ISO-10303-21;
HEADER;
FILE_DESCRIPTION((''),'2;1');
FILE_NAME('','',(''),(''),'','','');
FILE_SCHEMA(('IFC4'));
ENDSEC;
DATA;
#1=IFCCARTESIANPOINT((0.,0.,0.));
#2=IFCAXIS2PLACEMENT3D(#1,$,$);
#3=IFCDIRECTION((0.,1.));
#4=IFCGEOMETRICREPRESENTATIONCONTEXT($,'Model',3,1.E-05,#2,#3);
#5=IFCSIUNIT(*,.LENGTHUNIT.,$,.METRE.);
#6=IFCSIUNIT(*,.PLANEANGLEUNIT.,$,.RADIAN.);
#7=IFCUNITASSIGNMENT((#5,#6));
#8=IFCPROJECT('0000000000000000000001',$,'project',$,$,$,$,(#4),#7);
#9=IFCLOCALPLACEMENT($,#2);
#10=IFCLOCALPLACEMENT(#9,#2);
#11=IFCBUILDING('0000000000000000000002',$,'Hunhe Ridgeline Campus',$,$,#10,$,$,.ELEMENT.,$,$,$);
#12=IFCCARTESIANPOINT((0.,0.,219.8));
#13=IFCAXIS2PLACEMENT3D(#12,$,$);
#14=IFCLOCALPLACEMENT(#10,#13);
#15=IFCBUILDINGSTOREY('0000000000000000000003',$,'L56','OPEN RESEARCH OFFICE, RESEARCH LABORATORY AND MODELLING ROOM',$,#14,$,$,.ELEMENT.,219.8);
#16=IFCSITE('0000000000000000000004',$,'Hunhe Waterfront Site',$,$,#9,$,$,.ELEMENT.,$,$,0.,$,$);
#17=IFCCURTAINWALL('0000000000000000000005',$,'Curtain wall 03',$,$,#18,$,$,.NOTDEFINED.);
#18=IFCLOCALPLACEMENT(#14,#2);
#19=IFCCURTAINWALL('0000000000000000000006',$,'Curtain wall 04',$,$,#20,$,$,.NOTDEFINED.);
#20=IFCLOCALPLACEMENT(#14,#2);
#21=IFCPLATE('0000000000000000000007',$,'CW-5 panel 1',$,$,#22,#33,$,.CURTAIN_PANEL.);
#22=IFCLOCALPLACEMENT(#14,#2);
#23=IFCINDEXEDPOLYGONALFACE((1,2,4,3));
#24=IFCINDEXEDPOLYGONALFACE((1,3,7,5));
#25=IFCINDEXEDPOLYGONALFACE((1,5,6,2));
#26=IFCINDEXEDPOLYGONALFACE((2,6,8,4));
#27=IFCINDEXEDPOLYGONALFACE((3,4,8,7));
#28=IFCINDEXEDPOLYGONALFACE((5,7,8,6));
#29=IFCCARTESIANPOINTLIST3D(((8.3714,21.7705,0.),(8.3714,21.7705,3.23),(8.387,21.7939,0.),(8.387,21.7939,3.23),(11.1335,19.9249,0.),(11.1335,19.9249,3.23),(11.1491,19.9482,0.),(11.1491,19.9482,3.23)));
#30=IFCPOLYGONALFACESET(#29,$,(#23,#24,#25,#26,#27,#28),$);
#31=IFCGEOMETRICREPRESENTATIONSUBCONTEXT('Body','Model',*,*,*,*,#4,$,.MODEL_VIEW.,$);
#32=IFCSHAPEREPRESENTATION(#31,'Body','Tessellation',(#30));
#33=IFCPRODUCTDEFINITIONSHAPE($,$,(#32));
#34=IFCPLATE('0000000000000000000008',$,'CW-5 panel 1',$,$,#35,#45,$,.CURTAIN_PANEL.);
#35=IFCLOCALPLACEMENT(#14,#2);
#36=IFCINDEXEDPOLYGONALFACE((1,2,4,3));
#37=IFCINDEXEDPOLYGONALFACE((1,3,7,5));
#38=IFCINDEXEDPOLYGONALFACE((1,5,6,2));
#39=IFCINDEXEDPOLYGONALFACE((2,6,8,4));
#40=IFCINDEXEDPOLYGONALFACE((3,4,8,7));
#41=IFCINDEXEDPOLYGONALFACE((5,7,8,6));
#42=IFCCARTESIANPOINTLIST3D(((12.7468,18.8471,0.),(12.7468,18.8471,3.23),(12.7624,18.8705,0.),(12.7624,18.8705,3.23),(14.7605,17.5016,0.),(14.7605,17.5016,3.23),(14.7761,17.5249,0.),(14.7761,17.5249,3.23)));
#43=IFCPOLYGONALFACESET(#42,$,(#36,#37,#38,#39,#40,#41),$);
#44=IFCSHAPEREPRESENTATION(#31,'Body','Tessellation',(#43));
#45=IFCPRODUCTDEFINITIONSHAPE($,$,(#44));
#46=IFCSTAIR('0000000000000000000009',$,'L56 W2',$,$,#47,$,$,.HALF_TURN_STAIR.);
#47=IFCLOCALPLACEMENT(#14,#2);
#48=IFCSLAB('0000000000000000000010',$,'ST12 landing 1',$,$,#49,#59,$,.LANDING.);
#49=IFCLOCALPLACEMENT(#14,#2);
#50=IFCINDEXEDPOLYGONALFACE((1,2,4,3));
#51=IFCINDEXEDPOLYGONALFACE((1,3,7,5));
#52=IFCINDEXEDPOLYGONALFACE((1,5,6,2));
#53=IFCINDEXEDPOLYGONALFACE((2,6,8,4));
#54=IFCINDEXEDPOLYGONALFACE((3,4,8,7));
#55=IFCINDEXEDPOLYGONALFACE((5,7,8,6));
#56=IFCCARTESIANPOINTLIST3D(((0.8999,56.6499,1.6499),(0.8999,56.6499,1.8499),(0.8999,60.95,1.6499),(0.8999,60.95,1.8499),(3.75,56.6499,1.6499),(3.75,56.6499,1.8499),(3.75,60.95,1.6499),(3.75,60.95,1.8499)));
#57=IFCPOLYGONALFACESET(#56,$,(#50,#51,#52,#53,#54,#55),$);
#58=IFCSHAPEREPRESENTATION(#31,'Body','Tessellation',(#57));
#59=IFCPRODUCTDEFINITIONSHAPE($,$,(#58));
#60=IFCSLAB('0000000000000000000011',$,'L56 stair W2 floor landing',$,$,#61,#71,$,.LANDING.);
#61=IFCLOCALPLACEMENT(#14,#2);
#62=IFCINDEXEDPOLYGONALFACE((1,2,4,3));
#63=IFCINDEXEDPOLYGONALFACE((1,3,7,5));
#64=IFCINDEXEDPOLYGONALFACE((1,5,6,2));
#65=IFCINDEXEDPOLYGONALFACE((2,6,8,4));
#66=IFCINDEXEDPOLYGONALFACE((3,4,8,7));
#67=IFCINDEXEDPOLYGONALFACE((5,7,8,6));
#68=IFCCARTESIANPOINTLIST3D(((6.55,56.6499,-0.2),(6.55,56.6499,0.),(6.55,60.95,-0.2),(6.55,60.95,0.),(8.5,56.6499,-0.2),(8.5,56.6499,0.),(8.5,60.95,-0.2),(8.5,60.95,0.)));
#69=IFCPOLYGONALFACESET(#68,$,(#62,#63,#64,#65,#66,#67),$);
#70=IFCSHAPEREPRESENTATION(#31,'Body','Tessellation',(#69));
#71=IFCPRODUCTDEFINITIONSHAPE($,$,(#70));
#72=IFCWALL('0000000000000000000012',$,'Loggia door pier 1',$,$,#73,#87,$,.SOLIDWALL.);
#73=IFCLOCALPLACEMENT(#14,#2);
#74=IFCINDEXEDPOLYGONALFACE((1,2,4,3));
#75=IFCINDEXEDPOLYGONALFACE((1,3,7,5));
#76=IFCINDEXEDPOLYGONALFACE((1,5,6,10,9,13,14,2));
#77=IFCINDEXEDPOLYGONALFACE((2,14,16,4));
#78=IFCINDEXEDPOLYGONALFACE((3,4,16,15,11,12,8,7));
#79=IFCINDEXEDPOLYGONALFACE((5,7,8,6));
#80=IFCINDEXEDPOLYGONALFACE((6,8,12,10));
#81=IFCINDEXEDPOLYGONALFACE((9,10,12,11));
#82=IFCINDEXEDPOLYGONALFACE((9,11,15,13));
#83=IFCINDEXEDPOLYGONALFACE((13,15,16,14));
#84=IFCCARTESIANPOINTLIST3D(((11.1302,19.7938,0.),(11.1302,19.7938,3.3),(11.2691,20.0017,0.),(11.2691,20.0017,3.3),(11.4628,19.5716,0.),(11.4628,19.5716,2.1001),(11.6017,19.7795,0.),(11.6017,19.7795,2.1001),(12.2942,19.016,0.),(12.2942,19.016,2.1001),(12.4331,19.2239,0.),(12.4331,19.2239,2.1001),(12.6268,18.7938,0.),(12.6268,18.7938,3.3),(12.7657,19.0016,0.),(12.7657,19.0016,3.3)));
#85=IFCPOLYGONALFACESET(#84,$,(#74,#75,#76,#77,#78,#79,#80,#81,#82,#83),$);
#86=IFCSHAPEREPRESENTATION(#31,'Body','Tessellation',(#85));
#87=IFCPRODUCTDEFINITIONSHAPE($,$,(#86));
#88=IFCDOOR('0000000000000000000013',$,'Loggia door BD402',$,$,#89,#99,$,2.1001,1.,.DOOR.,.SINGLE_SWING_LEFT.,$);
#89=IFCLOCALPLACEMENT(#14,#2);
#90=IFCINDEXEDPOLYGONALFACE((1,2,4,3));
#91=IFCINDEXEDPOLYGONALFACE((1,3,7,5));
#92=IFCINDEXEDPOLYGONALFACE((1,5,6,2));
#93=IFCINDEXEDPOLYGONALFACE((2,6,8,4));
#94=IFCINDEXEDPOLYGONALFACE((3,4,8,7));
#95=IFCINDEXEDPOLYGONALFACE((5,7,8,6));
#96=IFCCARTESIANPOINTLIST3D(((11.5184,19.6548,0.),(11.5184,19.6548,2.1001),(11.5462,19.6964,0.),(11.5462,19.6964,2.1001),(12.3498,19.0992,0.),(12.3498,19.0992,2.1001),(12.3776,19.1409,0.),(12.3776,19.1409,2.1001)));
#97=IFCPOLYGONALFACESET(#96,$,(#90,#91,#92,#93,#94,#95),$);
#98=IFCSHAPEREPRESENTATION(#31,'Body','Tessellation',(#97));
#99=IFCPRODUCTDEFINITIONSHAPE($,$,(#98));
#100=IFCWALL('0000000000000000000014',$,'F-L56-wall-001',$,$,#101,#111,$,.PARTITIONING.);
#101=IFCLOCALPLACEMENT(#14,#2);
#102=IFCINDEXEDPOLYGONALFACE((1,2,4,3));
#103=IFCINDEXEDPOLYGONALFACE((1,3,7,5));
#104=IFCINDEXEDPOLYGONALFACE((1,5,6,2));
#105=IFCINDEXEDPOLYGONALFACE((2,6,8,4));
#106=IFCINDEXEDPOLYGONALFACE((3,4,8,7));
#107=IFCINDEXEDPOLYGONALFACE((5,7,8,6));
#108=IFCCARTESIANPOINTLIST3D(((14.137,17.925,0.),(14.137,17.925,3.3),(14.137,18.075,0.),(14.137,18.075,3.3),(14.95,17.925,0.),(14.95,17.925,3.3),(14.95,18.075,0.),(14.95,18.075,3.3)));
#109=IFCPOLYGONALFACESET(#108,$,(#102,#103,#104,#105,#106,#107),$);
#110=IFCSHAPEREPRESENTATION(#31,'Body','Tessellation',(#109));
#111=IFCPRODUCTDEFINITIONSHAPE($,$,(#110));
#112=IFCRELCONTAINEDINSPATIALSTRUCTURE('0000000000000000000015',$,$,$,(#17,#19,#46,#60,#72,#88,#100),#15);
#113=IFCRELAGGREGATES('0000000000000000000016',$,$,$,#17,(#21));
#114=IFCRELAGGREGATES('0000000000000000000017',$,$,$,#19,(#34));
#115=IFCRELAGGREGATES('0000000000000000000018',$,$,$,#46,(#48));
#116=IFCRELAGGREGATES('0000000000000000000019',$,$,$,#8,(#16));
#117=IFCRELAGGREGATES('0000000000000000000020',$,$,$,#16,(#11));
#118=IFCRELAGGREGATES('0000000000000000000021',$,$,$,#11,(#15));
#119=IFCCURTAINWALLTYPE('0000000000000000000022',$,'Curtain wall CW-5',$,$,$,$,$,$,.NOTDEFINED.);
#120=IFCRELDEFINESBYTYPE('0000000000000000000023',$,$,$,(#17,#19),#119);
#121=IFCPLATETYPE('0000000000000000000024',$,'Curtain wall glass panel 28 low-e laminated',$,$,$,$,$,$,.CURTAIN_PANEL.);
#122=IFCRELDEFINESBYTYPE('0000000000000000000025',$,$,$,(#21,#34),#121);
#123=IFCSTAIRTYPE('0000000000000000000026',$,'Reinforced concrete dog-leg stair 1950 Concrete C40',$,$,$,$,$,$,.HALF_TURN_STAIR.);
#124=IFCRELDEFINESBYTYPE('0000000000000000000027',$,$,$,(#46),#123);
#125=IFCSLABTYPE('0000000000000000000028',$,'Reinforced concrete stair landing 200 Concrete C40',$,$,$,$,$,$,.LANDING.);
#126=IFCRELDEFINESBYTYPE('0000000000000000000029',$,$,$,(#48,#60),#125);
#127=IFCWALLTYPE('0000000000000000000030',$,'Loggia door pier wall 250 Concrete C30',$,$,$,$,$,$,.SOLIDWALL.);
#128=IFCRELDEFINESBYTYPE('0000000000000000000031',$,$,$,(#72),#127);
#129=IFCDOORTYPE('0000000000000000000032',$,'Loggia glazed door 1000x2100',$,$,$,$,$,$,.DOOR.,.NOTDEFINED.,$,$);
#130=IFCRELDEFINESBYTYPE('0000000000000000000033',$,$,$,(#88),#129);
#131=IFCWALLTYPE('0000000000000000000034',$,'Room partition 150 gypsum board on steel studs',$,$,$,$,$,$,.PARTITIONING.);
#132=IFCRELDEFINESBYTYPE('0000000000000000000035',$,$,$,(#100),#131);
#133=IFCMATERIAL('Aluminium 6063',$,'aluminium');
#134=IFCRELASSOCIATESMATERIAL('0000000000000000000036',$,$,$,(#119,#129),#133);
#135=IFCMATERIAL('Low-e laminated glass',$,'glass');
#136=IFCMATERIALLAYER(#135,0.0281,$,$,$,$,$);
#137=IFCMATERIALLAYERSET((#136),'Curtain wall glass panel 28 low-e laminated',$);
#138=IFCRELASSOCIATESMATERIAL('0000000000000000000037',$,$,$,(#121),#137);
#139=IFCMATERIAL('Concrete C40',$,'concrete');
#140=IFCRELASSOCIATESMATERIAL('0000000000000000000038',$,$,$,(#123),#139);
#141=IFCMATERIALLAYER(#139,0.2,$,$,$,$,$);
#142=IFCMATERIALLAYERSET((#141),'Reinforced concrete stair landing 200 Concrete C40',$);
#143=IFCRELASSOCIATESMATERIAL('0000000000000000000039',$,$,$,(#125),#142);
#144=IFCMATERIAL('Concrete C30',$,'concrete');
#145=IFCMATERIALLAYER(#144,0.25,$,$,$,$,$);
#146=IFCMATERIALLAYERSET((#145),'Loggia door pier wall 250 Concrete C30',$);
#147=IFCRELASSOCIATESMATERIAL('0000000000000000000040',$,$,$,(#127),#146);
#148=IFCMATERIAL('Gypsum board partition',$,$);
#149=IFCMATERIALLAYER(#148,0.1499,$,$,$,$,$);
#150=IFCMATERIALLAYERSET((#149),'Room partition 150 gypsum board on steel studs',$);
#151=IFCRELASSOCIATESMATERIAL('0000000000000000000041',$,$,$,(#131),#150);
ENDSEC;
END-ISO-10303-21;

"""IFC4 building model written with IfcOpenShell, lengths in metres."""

from ifc_helpers import new_model, si_unit, direction, frame, frame_2d, origin, origin_2d, place, context, subcontext, project, spatial, polyline, rectangle, outline, extrude, material, layer, layer_set, type_object, element, fill, aggregate, save


model = new_model("IFC4")

# Units and contexts
model_context = context("Model", 3, precision=1e-05, world=origin(), true_north=direction((0.0, 1.0)))
body_context = subcontext(model_context, "Body", "Model", "MODEL_VIEW")
ifc_project = project(units=[si_unit("LENGTHUNIT", "METRE"), si_unit("PLANEANGLEUNIT", "RADIAN")], contexts=[model_context])

# Site, building, storey
site_placement = place(None, origin())
site = spatial("IfcSite", under=ifc_project, at=site_placement, Name="Hunhe Waterfront Site", CompositionType="ELEMENT", RefElevation=0.0)
building_placement = place(site_placement, origin())
building = spatial("IfcBuilding", under=site, at=building_placement, Name="Hunhe Ridgeline Campus", CompositionType="ELEMENT")
storey_placement = place(building_placement, frame((0.0, 0.0, 219.8)))
storey = spatial("IfcBuildingStorey", under=building, at=storey_placement, Name="L56", Description="OPEN RESEARCH OFFICE, RESEARCH LABORATORY AND MODELLING ROOM", CompositionType="ELEMENT", Elevation=219.8)

# Curtain walls
ifc_material_1 = material(Name="Aluminium 6063", Category="aluminium")
curtain_wall_type = type_object("IfcCurtainWallType", Name="Curtain wall CW-5", PredefinedType="NOTDEFINED", material=ifc_material_1)
curtain_wall_1_placement = place(storey_placement, origin())
curtain_wall_1 = element("IfcCurtainWall", 1, at=curtain_wall_1_placement, inside=storey, type_object=curtain_wall_type, Name="Curtain wall 03", PredefinedType="NOTDEFINED")
curtain_wall_2_placement = place(storey_placement, origin())
curtain_wall_2 = element("IfcCurtainWall", 2, at=curtain_wall_2_placement, inside=storey, type_object=curtain_wall_type, Name="Curtain wall 04", PredefinedType="NOTDEFINED")

# Plates
ifc_material_2 = material(Name="Low-e laminated glass", Category="glass")
ifc_layer_1 = layer(ifc_material_2, 0.0281)
ifc_layer_set_1 = layer_set([ifc_layer_1], Name="Curtain wall glass panel 28 low-e laminated")
plate_type = type_object("IfcPlateType", Name="Curtain wall glass panel 28 low-e laminated", PredefinedType="CURTAIN_PANEL", material=ifc_layer_set_1)
plate_1_placement = place(storey_placement, frame((9.7603, 20.8594, 0.0), z_axis=(0.0, 0.0, 1.0), x_axis=(0.83147, -0.55557, 0.0)))
plate_1 = element("IfcPlate", 3, at=plate_1_placement, type_object=plate_type, Name="CW-5 panel 1", PredefinedType="CURTAIN_PANEL", context=body_context, shape_type="SweptSolid", body=[
    extrude(rectangle(XDim=3.322, YDim=0.0281, at=origin_2d()), origin(), (0.0, 0.0, 1.0), 3.23),
])
aggregate(curtain_wall_1, [plate_1])
plate_2_placement = place(storey_placement, frame((13.7615, 18.186, 0.0), z_axis=(0.0, 0.0, 1.0), x_axis=(0.83147, -0.55557, 0.0)))
plate_2 = element("IfcPlate", 4, at=plate_2_placement, type_object=plate_type, Name="CW-5 panel 1", PredefinedType="CURTAIN_PANEL", context=body_context, shape_type="SweptSolid", body=[
    extrude(rectangle(XDim=2.4219, YDim=0.0281, at=origin_2d()), origin(), (0.0, 0.0, 1.0), 3.23),
])
aggregate(curtain_wall_2, [plate_2])

# Stair, slab
ifc_material_3 = material(Name="Concrete C40", Category="concrete")
stair_type = type_object("IfcStairType", Name="Reinforced concrete dog-leg stair 1950 Concrete C40", PredefinedType="HALF_TURN_STAIR", material=ifc_material_3)
stair_placement = place(storey_placement, origin())
stair = element("IfcStair", 5, at=stair_placement, inside=storey, type_object=stair_type, Name="L56 W2", PredefinedType="HALF_TURN_STAIR")
ifc_layer_2 = layer(ifc_material_3, 0.2)
ifc_layer_set_2 = layer_set([ifc_layer_2], Name="Reinforced concrete stair landing 200 Concrete C40")
slab_type = type_object("IfcSlabType", Name="Reinforced concrete stair landing 200 Concrete C40", PredefinedType="LANDING", material=ifc_layer_set_2)
slab_1_placement = place(storey_placement, frame((0.0, 0.0, 1.6499)))
slab_1 = element("IfcSlab", 6, at=slab_1_placement, type_object=slab_type, Name="ST12 landing 1", PredefinedType="LANDING", context=body_context, shape_type="SweptSolid", body=[
    extrude(outline(polyline([(3.75, 60.95), (0.8999, 60.95), (0.8999, 56.6499), (3.75, 56.6499), (3.75, 60.95)])), origin(), (0.0, 0.0, 1.0), 0.2),
])
aggregate(stair, [slab_1])

# Slab
slab_2_placement = place(storey_placement, frame((0.0, 0.0, -0.2)))
element("IfcSlab", 7, at=slab_2_placement, inside=storey, type_object=slab_type, Name="L56 stair W2 floor landing", PredefinedType="LANDING", context=body_context, shape_type="SweptSolid", body=[
    extrude(outline(polyline([(8.5, 60.95), (6.55, 60.95), (6.55, 56.6499), (8.5, 56.6499), (8.5, 60.95)])), origin(), (0.0, 0.0, 1.0), 0.2),
])

# Wall, opening, door
ifc_material_4 = material(Name="Concrete C30", Category="concrete")
ifc_layer_3 = layer(ifc_material_4, 0.25)
ifc_layer_set_3 = layer_set([ifc_layer_3], Name="Loggia door pier wall 250 Concrete C30")
wall_type_1 = type_object("IfcWallType", Name="Loggia door pier wall 250 Concrete C30", PredefinedType="SOLIDWALL", material=ifc_layer_set_3)
wall_1_placement = place(storey_placement, frame((11.1997, 19.8977, 0.0), z_axis=(0.0, 0.0, 1.0), x_axis=(0.831466, -0.555576, 0.0)))
wall_1 = element("IfcWall", 8, at=wall_1_placement, inside=storey, type_object=wall_type_1, Name="Loggia door pier 1", PredefinedType="SOLIDWALL", context=body_context, shape_type="SweptSolid", body=[
    extrude(rectangle(XDim=1.8, YDim=0.25, at=frame_2d((0.8999, 0.0))), origin(), (0.0, 0.0, 1.0), 3.3),
])
opening_placement = place(wall_1_placement, frame((0.3999, 0.0, 0.0)))
opening = element("IfcOpeningElement", 9, at=opening_placement, cuts=wall_1, PredefinedType="OPENING", context=body_context, shape_type="SweptSolid", body=[
    extrude(rectangle(XDim=1.0, YDim=2.1001, at=frame_2d((0.5, 1.05))), frame((0.0, 0.125, 0.0), z_axis=(0.0, -1.0, 0.0), x_axis=(1.0, 0.0, 0.0)), (0.0, 0.0, 1.0), 0.25),
])
door_type = type_object("IfcDoorType", Name="Loggia glazed door 1000x2100", OperationType="NOTDEFINED", PredefinedType="DOOR", material=ifc_material_1)
door_placement = place(opening_placement, frame((1.0, 0.0, 0.0), z_axis=(0.0, 0.0, 1.0), x_axis=(-1.0, 0.0, 0.0)))
door = element("IfcDoor", 10, at=door_placement, inside=storey, type_object=door_type, Name="Loggia door BD402", OperationType="SINGLE_SWING_LEFT", OverallHeight=2.1001, OverallWidth=1.0, PredefinedType="DOOR", context=body_context, shape_type="SweptSolid", body=[
    extrude(rectangle(XDim=1.0, YDim=2.1001, at=frame_2d((0.5, 1.05))), frame((0.0, 0.0249, 0.0), z_axis=(0.0, -1.0, 0.0), x_axis=(1.0, 0.0, 0.0)), (0.0, 0.0, 1.0), 0.05),
])
fill(opening, door)

# Wall
ifc_material_5 = material(Name="Gypsum board partition")
ifc_layer_4 = layer(ifc_material_5, 0.1499)
ifc_layer_set_4 = layer_set([ifc_layer_4], Name="Room partition 150 gypsum board on steel studs")
wall_type_2 = type_object("IfcWallType", Name="Room partition 150 gypsum board on steel studs", PredefinedType="PARTITIONING", material=ifc_layer_set_4)
wall_2_placement = place(storey_placement, frame((14.137, 18.0, 0.0), z_axis=(0.0, 0.0, 1.0), x_axis=(1.0, 0.0, 0.0)))
element("IfcWall", 11, at=wall_2_placement, inside=storey, type_object=wall_type_2, Name="F-L56-wall-001", PredefinedType="PARTITIONING", context=body_context, shape_type="SweptSolid", body=[
    extrude(rectangle(XDim=0.813, YDim=0.1499, at=frame_2d((0.4065, 0.0))), origin(), (0.0, 0.0, 1.0), 3.3),
])

save(model, "model.ifc")
